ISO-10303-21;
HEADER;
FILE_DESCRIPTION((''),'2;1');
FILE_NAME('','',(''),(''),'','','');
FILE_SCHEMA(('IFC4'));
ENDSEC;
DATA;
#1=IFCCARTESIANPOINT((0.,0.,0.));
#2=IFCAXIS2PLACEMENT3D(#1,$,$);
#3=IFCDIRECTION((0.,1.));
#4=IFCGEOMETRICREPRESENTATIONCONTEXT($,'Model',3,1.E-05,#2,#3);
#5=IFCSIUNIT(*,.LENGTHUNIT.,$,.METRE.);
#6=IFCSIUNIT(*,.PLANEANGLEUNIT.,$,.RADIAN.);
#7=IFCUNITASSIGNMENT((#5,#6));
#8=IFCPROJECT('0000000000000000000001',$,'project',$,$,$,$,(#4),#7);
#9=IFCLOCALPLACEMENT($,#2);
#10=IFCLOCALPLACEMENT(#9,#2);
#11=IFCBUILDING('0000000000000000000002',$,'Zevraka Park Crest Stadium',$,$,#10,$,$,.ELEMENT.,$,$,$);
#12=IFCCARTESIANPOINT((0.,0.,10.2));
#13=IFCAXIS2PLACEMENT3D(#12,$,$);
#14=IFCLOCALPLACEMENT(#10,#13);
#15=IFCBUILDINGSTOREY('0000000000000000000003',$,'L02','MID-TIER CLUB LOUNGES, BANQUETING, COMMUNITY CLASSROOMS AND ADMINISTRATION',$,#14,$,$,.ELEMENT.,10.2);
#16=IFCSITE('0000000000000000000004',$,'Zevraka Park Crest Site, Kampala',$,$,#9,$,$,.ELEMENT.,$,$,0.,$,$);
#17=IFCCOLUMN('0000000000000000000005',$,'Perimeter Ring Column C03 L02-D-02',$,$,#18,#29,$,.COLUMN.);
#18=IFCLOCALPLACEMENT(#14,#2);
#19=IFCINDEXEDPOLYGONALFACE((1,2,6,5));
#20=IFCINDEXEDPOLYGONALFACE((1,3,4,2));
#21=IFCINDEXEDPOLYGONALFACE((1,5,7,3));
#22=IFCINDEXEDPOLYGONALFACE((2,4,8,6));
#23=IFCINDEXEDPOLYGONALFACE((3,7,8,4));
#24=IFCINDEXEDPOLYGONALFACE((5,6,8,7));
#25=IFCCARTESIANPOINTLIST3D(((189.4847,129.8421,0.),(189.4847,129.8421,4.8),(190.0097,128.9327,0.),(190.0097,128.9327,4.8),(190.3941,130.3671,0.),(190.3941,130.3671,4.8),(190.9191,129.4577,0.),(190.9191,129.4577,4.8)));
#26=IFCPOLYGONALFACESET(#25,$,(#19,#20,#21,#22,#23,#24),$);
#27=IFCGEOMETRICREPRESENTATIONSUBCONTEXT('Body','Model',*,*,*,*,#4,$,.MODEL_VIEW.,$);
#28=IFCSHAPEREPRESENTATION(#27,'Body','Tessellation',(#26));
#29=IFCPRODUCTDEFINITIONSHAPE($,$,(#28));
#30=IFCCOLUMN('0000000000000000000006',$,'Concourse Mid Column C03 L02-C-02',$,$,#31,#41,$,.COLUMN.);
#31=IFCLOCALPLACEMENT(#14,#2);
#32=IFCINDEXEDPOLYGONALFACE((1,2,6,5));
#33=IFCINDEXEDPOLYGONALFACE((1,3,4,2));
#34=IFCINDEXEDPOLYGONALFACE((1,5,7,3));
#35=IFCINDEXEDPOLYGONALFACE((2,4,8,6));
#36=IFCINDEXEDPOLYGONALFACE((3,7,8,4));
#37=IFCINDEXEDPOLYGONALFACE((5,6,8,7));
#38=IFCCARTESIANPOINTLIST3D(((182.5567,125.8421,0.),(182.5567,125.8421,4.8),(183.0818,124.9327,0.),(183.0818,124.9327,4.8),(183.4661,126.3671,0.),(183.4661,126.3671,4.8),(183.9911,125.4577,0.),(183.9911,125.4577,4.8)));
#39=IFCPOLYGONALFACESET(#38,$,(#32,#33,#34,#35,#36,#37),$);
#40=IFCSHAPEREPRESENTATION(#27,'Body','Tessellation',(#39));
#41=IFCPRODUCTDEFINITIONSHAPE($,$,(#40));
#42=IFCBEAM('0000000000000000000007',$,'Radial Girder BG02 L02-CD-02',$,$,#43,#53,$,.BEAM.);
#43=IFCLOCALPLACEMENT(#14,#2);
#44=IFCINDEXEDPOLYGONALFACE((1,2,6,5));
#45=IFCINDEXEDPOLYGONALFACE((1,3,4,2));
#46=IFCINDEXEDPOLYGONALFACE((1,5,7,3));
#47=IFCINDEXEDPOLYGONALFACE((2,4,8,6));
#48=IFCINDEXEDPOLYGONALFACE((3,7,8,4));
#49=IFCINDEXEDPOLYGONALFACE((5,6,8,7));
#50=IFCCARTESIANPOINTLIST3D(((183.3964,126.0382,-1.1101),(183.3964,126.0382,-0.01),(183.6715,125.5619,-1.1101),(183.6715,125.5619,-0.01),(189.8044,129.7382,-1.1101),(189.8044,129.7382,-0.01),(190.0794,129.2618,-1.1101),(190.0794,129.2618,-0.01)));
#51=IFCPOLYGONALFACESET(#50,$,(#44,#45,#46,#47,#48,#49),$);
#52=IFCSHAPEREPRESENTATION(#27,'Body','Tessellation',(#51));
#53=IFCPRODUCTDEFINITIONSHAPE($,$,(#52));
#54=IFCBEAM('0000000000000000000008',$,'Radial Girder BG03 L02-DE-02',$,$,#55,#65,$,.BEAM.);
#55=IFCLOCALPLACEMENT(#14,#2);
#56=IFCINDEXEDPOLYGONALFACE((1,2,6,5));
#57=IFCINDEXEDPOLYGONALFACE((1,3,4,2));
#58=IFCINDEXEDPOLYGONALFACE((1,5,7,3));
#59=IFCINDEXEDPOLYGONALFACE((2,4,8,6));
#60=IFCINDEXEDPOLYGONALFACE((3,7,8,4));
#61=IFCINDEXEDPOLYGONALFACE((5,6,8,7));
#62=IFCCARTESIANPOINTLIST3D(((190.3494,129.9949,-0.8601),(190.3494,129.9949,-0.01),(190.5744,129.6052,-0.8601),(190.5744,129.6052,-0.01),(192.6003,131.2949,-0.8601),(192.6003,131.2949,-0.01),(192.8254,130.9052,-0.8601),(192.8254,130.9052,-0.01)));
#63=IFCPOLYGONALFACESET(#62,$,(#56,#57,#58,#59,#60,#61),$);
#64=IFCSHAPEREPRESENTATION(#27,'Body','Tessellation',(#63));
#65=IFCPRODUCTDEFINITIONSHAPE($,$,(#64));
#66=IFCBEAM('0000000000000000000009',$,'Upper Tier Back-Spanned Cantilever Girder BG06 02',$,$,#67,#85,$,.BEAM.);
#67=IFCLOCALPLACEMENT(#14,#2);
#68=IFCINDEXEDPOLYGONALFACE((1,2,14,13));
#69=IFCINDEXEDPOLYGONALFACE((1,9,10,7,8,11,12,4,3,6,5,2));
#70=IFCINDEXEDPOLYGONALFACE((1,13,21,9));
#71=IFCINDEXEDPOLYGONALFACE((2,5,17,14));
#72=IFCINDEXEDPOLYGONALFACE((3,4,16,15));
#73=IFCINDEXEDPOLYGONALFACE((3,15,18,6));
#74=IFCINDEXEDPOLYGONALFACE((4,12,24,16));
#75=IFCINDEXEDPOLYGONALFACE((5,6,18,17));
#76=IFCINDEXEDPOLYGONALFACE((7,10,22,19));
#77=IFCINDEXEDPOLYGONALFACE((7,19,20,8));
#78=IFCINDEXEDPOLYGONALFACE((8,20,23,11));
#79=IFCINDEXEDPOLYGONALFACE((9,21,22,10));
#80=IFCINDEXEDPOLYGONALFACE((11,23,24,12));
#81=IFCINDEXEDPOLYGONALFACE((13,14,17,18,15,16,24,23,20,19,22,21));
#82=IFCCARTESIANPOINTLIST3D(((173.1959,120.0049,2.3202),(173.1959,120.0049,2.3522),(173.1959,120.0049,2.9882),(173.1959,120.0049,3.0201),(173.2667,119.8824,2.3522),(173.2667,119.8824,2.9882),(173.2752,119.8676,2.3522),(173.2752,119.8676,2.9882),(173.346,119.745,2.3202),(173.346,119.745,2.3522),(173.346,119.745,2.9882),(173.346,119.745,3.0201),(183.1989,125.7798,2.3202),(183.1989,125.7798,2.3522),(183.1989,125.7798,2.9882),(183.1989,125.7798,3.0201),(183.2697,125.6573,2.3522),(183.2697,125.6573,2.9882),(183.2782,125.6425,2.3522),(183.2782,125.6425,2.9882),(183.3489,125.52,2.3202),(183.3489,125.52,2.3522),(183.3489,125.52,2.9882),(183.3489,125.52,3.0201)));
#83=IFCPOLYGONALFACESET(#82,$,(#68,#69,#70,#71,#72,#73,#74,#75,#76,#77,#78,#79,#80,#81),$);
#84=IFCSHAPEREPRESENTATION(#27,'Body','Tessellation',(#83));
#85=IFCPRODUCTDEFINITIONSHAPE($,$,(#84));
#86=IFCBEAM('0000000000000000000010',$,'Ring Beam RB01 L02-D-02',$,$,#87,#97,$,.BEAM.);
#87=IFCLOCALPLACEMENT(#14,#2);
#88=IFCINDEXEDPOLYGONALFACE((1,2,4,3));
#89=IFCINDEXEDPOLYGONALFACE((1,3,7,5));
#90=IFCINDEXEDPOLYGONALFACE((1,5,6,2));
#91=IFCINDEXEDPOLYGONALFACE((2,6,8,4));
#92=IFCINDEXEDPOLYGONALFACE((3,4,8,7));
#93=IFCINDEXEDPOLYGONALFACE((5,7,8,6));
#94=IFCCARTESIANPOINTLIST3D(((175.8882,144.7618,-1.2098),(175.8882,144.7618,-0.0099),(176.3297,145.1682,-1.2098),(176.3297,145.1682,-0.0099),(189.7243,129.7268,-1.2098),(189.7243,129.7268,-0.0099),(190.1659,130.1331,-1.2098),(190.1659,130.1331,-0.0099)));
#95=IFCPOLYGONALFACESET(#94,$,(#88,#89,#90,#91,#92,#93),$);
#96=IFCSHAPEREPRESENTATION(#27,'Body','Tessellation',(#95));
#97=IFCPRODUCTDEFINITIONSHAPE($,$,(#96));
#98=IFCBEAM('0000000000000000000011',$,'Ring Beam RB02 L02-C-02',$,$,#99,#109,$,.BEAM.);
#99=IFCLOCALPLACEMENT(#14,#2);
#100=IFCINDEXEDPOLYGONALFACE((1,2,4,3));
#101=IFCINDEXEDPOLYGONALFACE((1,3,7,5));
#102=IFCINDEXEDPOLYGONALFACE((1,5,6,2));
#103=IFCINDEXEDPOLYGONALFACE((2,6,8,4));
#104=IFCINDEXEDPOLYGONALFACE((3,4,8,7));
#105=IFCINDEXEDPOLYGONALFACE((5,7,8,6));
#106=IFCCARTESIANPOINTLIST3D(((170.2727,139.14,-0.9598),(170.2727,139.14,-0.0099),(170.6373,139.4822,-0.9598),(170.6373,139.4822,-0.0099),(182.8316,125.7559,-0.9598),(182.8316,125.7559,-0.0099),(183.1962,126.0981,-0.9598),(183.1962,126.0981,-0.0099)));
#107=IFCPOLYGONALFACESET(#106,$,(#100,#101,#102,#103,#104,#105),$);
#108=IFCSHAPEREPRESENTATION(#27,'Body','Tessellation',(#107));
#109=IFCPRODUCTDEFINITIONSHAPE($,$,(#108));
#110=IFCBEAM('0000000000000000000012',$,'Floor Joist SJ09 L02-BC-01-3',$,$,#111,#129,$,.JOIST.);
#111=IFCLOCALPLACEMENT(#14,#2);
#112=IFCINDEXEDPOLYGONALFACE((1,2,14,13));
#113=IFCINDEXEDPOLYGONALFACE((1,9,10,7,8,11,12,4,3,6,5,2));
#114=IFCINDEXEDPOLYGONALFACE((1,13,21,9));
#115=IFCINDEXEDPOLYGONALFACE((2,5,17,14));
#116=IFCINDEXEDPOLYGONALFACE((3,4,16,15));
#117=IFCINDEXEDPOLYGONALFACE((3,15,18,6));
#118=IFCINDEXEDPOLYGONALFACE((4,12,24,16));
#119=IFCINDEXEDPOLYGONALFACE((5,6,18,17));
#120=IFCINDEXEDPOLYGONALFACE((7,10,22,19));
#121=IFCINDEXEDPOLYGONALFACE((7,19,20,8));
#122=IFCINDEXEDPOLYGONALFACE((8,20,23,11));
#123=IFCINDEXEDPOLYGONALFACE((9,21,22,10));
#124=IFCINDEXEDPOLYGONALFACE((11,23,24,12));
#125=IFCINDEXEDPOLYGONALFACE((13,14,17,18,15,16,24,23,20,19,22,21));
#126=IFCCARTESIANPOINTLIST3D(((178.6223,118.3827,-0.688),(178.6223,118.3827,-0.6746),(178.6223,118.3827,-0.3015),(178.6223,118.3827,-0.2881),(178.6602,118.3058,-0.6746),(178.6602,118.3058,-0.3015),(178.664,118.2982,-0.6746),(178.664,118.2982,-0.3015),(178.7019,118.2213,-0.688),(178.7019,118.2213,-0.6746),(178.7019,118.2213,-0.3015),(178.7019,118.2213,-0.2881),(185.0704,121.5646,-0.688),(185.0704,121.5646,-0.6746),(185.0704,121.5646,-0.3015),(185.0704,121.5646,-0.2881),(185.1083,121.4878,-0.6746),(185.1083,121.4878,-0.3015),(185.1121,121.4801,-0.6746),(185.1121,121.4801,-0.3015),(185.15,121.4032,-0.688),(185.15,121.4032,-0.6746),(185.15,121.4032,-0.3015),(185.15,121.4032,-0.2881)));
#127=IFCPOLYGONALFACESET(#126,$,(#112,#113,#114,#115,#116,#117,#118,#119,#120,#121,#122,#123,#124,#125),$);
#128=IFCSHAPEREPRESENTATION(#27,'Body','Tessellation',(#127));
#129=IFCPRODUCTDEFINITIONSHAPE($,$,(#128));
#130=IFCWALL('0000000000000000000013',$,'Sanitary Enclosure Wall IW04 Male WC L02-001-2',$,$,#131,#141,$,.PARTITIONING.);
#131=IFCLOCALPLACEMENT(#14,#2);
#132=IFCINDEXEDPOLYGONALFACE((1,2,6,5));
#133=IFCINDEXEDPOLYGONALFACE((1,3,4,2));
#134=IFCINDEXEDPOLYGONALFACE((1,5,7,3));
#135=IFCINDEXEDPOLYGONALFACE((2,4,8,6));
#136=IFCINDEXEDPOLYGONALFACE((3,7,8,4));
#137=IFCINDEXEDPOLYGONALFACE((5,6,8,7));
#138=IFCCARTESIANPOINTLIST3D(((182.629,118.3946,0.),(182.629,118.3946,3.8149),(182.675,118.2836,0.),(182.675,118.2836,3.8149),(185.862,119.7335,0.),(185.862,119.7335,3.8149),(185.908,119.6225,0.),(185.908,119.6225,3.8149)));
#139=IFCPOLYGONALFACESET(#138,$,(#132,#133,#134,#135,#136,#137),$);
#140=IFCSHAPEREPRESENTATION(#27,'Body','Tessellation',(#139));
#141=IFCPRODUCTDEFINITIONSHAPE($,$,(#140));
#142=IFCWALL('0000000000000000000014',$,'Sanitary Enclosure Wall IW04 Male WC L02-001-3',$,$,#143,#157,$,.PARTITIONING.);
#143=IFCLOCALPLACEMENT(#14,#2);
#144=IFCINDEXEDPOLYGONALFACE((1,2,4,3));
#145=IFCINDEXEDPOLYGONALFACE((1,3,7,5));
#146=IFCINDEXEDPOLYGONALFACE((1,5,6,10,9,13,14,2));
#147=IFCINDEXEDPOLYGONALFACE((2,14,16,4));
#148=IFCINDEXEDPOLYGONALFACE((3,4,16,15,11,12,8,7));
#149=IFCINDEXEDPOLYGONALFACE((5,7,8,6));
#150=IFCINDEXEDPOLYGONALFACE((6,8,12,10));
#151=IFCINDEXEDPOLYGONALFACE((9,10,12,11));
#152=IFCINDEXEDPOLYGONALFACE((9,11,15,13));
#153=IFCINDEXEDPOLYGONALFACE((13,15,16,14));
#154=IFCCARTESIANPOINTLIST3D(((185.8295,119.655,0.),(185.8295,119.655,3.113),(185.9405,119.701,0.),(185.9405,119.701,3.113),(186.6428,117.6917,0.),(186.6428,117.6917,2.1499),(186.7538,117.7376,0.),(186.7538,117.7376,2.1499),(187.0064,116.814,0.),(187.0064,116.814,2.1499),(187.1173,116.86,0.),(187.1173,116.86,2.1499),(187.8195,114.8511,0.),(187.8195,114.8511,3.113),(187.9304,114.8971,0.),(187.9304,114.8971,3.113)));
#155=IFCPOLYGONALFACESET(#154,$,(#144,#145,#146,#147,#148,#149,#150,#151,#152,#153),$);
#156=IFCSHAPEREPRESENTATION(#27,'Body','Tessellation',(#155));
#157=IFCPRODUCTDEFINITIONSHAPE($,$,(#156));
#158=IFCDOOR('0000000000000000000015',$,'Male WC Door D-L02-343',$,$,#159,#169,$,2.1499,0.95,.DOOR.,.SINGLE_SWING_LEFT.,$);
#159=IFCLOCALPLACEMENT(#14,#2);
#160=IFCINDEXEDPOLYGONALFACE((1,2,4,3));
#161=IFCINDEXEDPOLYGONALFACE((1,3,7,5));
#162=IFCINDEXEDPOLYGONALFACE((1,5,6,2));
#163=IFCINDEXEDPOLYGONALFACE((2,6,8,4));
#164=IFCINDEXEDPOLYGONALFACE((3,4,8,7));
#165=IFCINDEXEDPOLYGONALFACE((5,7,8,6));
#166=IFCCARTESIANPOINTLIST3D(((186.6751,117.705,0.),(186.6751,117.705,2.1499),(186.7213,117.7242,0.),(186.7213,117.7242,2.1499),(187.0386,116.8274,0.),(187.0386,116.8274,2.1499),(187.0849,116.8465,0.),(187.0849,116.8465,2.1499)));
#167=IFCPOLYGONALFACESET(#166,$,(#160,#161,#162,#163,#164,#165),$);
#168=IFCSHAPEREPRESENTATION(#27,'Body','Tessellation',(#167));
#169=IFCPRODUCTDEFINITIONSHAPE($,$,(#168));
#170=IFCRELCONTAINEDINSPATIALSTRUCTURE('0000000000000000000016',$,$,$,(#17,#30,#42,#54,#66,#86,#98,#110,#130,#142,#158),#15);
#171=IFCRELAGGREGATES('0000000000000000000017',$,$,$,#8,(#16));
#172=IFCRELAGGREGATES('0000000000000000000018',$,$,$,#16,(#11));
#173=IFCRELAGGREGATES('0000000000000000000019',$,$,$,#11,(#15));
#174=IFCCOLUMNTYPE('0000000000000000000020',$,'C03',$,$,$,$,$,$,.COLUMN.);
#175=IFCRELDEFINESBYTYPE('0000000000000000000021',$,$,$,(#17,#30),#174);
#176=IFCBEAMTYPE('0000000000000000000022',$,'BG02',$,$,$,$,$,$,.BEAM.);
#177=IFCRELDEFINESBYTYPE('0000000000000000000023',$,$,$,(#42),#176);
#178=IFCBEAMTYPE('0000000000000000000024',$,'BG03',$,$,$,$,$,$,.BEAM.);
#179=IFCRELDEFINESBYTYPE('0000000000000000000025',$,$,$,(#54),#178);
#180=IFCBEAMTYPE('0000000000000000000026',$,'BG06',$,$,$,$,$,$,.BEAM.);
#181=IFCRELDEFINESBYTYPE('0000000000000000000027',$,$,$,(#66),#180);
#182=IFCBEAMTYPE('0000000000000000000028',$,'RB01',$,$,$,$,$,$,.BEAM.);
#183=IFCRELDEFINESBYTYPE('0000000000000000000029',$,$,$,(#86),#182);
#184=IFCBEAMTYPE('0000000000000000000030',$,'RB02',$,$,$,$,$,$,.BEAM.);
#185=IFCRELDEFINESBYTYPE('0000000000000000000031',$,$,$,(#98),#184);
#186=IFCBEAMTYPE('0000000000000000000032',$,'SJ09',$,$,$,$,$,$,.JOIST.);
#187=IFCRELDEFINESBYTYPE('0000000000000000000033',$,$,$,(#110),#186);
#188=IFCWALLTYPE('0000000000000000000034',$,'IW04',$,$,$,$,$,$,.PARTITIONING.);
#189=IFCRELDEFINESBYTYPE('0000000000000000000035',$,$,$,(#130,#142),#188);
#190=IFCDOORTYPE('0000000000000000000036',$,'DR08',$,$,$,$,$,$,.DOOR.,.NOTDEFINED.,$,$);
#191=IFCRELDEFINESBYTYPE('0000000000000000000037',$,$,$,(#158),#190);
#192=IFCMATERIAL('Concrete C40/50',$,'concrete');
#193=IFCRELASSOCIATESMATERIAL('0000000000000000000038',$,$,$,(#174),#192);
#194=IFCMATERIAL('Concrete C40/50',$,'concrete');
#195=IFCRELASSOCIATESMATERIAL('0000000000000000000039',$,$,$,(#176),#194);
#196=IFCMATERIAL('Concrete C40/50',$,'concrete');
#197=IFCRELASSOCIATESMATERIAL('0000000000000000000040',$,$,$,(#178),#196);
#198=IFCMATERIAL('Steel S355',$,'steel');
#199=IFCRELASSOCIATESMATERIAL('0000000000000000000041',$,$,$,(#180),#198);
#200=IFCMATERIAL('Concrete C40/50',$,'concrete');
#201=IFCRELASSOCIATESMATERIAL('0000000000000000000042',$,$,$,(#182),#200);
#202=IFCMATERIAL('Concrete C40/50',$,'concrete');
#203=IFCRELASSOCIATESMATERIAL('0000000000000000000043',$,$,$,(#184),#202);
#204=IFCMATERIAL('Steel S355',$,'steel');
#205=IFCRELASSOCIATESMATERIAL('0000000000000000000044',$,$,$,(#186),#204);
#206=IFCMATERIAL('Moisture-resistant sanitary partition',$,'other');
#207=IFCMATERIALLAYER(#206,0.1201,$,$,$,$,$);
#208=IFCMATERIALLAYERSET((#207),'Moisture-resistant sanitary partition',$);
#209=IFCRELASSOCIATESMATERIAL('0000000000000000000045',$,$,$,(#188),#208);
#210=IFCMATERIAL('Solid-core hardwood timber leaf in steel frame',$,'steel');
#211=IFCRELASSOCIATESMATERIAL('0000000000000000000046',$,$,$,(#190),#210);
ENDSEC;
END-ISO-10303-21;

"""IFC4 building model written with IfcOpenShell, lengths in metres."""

from ifc_helpers import new_model, si_unit, direction, frame, frame_2d, origin, origin_2d, place, context, subcontext, project, spatial, rectangle, i_section, extrude, material, layer, layer_set, material_profile, profile_set, type_object, element, fill, save


model = new_model("IFC4")

# Units and contexts
model_context = context("Model", 3, precision=1e-05, world=origin(), true_north=direction((0.0, 1.0)))
body_context = subcontext(model_context, "Body", "Model", "MODEL_VIEW")
ifc_project = project(units=[si_unit("LENGTHUNIT", "METRE"), si_unit("PLANEANGLEUNIT", "RADIAN")], contexts=[model_context])

# Site, building, storey
site_placement = place(None, origin())
site = spatial("IfcSite", under=ifc_project, at=site_placement, Name="Zevraka Park Crest Site, Kampala", CompositionType="ELEMENT", RefElevation=0.0)
building_placement = place(site_placement, origin())
building = spatial("IfcBuilding", under=site, at=building_placement, Name="Zevraka Park Crest Stadium", CompositionType="ELEMENT")
storey_placement = place(building_placement, frame((0.0, 0.0, 10.2)))
storey = spatial("IfcBuildingStorey", under=building, at=storey_placement, Name="L02", Description="MID-TIER CLUB LOUNGES, BANQUETING, COMMUNITY CLASSROOMS AND ADMINISTRATION", CompositionType="ELEMENT", Elevation=10.2)

# Columns
ifc_material_1 = material(Name="Concrete C40/50", Category="concrete")
ifc_material_profile_1 = material_profile(ifc_material_1, rectangle(XDim=1.05, YDim=1.05, at=origin_2d()), Name="RC 1050x1050")
ifc_profile_set_1 = profile_set([ifc_material_profile_1], Name="Concrete C40/50")
column_type = type_object("IfcColumnType", Name="C03", PredefinedType="COLUMN", material=ifc_profile_set_1)
for number, where, z_axis, x_axis, name in (
    (1, (190.2019, 129.6499, 0.0), (0.0, 0.0, 1.0), (0.866025, 0.5, 0.0), "Perimeter Ring Column C03 L02-D-02"),
    (2, (183.2739, 125.6499, 0.0), (0.0, 0.0, 1.0), (0.866025, 0.5, 0.0), "Concourse Mid Column C03 L02-C-02"),
):
    element("IfcColumn", number, at=place(storey_placement, frame(where, z_axis=z_axis, x_axis=x_axis)), inside=storey, type_object=column_type, Name=name, PredefinedType="COLUMN", context=body_context, shape_type="SweptSolid", body=[
        extrude(rectangle(XDim=1.05, YDim=1.05, at=origin_2d()), origin(), (0.0, 0.0, 1.0), 4.8),
    ])

# Beams
ifc_material_2 = material(Name="Concrete C40/50", Category="concrete")
ifc_material_profile_2 = material_profile(ifc_material_2, rectangle(XDim=0.55, YDim=1.1001, at=origin_2d()), Name="RC 1100x550")
ifc_profile_set_2 = profile_set([ifc_material_profile_2], Name="Concrete C40/50")
beam_type_1 = type_object("IfcBeamType", Name="BG02", PredefinedType="BEAM", material=ifc_profile_set_2)
beam_1_placement = place(storey_placement, frame((183.5339, 125.8, -0.5601), z_axis=(0.866007, 0.500032, 0.0), x_axis=(-0.500032, 0.866007, 0.0)))
element("IfcBeam", 3, at=beam_1_placement, inside=storey, type_object=beam_type_1, Name="Radial Girder BG02 L02-CD-02", PredefinedType="BEAM", context=body_context, shape_type="SweptSolid", body=[
    extrude(rectangle(XDim=0.55, YDim=1.1001, at=origin_2d()), origin(), (0.0, 0.0, 1.0), 7.3994),
])
ifc_material_3 = material(Name="Concrete C40/50", Category="concrete")
ifc_material_profile_3 = material_profile(ifc_material_3, rectangle(XDim=0.45, YDim=0.8501, at=origin_2d()), Name="RC 850x450")
ifc_profile_set_3 = profile_set([ifc_material_profile_3], Name="Concrete C40/50")
beam_type_2 = type_object("IfcBeamType", Name="BG03", PredefinedType="BEAM", material=ifc_profile_set_3)
beam_2_placement = place(storey_placement, frame((190.4619, 129.8, -0.4351), z_axis=(0.865951, 0.500129, 0.0), x_axis=(-0.500129, 0.865951, 0.0)))
element("IfcBeam", 4, at=beam_2_placement, inside=storey, type_object=beam_type_2, Name="Radial Girder BG03 L02-DE-02", PredefinedType="BEAM", context=body_context, shape_type="SweptSolid", body=[
    extrude(rectangle(XDim=0.45, YDim=0.8501, at=origin_2d()), origin(), (0.0, 0.0, 1.0), 2.5994),
])
ifc_material_4 = material(Name="Steel S355", Category="steel")
ifc_material_profile_4 = material_profile(ifc_material_4, i_section(OverallWidth=0.3, OverallDepth=0.7, WebThickness=0.0171, FlangeThickness=0.032, at=origin_2d()), Name="HEB 700")
ifc_profile_set_4 = profile_set([ifc_material_profile_4], Name="Steel S355")
beam_type_3 = type_object("IfcBeamType", Name="BG06", PredefinedType="BEAM", material=ifc_profile_set_4)
beam_3_placement = place(storey_placement, frame((183.2739, 125.6499, 2.6702), z_axis=(-0.866036, -0.499981, 0.0), x_axis=(0.499981, -0.866036, 0.0)))
element("IfcBeam", 5, at=beam_3_placement, inside=storey, type_object=beam_type_3, Name="Upper Tier Back-Spanned Cantilever Girder BG06 02", PredefinedType="BEAM", context=body_context, shape_type="SweptSolid", body=[
    extrude(i_section(OverallWidth=0.3, OverallDepth=0.7, WebThickness=0.0171, FlangeThickness=0.032, at=origin_2d()), origin(), (0.0, 0.0, 1.0), 11.5503),
])
ifc_material_5 = material(Name="Concrete C40/50", Category="concrete")
ifc_material_profile_5 = material_profile(ifc_material_5, rectangle(XDim=0.6001, YDim=1.2, at=origin_2d()), Name="RC 1200x600")
ifc_profile_set_5 = profile_set([ifc_material_profile_5], Name="Concrete C40/50")
beam_type_4 = type_object("IfcBeamType", Name="RB01", PredefinedType="BEAM", material=ifc_profile_set_5)
beam_4_placement = place(storey_placement, frame((189.9451, 129.9299, -0.6099), z_axis=(-0.677158, 0.735837, 0.0), x_axis=(-0.735837, -0.677158, 0.0)))
element("IfcBeam", 6, at=beam_4_placement, inside=storey, type_object=beam_type_4, Name="Ring Beam RB01 L02-D-02", PredefinedType="BEAM", context=body_context, shape_type="SweptSolid", body=[
    extrude(rectangle(XDim=0.6001, YDim=1.2, at=origin_2d()), origin(), (0.0, 0.0, 1.0), 20.4326),
])
ifc_material_6 = material(Name="Concrete C40/50", Category="concrete")
ifc_material_profile_6 = material_profile(ifc_material_6, rectangle(XDim=0.5, YDim=0.95, at=origin_2d()), Name="RC 950x500")
ifc_profile_set_6 = profile_set([ifc_material_profile_6], Name="Concrete C40/50")
beam_type_5 = type_object("IfcBeamType", Name="RB02", PredefinedType="BEAM", material=ifc_profile_set_6)
beam_5_placement = place(storey_placement, frame((183.0139, 125.927, -0.4849), z_axis=(-0.684269, 0.72923, 0.0), x_axis=(-0.72923, -0.684269, 0.0)))
element("IfcBeam", 7, at=beam_5_placement, inside=storey, type_object=beam_type_5, Name="Ring Beam RB02 L02-C-02", PredefinedType="BEAM", context=body_context, shape_type="SweptSolid", body=[
    extrude(rectangle(XDim=0.5, YDim=0.95, at=origin_2d()), origin(), (0.0, 0.0, 1.0), 18.3538),
])
ifc_material_7 = material(Name="Steel S355", Category="steel")
ifc_material_profile_7 = material_profile(ifc_material_7, i_section(OverallWidth=0.1799, OverallDepth=0.3999, WebThickness=0.0085, FlangeThickness=0.0134, at=origin_2d()), Name="IPE 400")
ifc_profile_set_7 = profile_set([ifc_material_profile_7], Name="Steel S355")
beam_type_6 = type_object("IfcBeamType", Name="SJ09", PredefinedType="JOIST", material=ifc_profile_set_7)
beam_6_placement = place(storey_placement, frame((178.6621, 118.302, -0.488), z_axis=(0.896758, 0.442522, 0.0), x_axis=(-0.442522, 0.896758, 0.0)))
element("IfcBeam", 8, at=beam_6_placement, inside=storey, type_object=beam_type_6, Name="Floor Joist SJ09 L02-BC-01-3", PredefinedType="JOIST", context=body_context, shape_type="SweptSolid", body=[
    extrude(i_section(OverallWidth=0.1799, OverallDepth=0.3999, WebThickness=0.0085, FlangeThickness=0.0134, at=origin_2d()), origin(), (0.0, 0.0, 1.0), 7.1904),
])

# Wall
ifc_material_8 = material(Name="Moisture-resistant sanitary partition", Category="other")
ifc_layer_1 = layer(ifc_material_8, 0.1201)
ifc_layer_set_1 = layer_set([ifc_layer_1], Name="Moisture-resistant sanitary partition")
wall_type_1 = type_object("IfcWallType", Name="IW04", PredefinedType="PARTITIONING", material=ifc_layer_set_1)
wall_1_placement = place(storey_placement, frame((182.6521, 118.3391, 0.0), z_axis=(0.0, 0.0, 1.0), x_axis=(0.923905, 0.382623, 0.0)))
element("IfcWall", 9, at=wall_1_placement, inside=storey, type_object=wall_type_1, Name="Sanitary Enclosure Wall IW04 Male WC L02-001-2", PredefinedType="PARTITIONING", context=body_context, shape_type="SweptSolid", body=[
    extrude(rectangle(XDim=3.4993, YDim=0.1201, at=frame_2d((1.7495, 0.0))), origin(), (0.0, 0.0, 1.0), 3.8149),
])

# Wall, opening, door
wall_2_placement = place(storey_placement, frame((185.885, 119.678, 0.0), z_axis=(0.0, 0.0, 1.0), x_axis=(0.382704, -0.923871, 0.0)))
wall_2 = element("IfcWall", 10, at=wall_2_placement, inside=storey, type_object=wall_type_1, Name="Sanitary Enclosure Wall IW04 Male WC L02-001-3", PredefinedType="PARTITIONING", context=body_context, shape_type="SweptSolid", body=[
    extrude(rectangle(XDim=5.1997, YDim=0.1201, at=frame_2d((2.5999, 0.0))), origin(), (0.0, 0.0, 1.0), 3.113),
])
opening_1_placement = place(wall_2_placement, frame((2.125, 0.0, 0.0)))
opening_1 = element("IfcOpeningElement", 11, at=opening_1_placement, cuts=wall_2, PredefinedType="OPENING", context=body_context, shape_type="SweptSolid", body=[
    extrude(rectangle(XDim=0.95, YDim=2.1499, at=frame_2d((0.4751, 1.075))), frame((0.0, 0.0701, 0.0), z_axis=(0.0, -1.0, 0.0), x_axis=(1.0, 0.0, 0.0)), (0.0, 0.0, 1.0), 0.1401),
])
ifc_material_9 = material(Name="Solid-core hardwood timber leaf in steel frame", Category="steel")
door_type_1 = type_object("IfcDoorType", Name="DR08", OperationType="NOTDEFINED", PredefinedType="DOOR", material=ifc_material_9)
door_1_placement = place(opening_1_placement, origin())
door_1 = element("IfcDoor", 12, at=door_1_placement, inside=storey, type_object=door_type_1, Name="Male WC Door D-L02-343", OperationType="SINGLE_SWING_LEFT", OverallHeight=2.1499, OverallWidth=0.95, PredefinedType="DOOR", context=body_context, shape_type="SweptSolid", body=[
    extrude(rectangle(XDim=0.95, YDim=2.1499, at=frame_2d((0.4751, 1.075))), frame((0.0, 0.0249, 0.0), z_axis=(0.0, -1.0, 0.0), x_axis=(1.0, 0.0, 0.0)), (0.0, 0.0, 1.0), 0.05),
])
fill(opening_1, door_1)

save(model, "model.ifc")
